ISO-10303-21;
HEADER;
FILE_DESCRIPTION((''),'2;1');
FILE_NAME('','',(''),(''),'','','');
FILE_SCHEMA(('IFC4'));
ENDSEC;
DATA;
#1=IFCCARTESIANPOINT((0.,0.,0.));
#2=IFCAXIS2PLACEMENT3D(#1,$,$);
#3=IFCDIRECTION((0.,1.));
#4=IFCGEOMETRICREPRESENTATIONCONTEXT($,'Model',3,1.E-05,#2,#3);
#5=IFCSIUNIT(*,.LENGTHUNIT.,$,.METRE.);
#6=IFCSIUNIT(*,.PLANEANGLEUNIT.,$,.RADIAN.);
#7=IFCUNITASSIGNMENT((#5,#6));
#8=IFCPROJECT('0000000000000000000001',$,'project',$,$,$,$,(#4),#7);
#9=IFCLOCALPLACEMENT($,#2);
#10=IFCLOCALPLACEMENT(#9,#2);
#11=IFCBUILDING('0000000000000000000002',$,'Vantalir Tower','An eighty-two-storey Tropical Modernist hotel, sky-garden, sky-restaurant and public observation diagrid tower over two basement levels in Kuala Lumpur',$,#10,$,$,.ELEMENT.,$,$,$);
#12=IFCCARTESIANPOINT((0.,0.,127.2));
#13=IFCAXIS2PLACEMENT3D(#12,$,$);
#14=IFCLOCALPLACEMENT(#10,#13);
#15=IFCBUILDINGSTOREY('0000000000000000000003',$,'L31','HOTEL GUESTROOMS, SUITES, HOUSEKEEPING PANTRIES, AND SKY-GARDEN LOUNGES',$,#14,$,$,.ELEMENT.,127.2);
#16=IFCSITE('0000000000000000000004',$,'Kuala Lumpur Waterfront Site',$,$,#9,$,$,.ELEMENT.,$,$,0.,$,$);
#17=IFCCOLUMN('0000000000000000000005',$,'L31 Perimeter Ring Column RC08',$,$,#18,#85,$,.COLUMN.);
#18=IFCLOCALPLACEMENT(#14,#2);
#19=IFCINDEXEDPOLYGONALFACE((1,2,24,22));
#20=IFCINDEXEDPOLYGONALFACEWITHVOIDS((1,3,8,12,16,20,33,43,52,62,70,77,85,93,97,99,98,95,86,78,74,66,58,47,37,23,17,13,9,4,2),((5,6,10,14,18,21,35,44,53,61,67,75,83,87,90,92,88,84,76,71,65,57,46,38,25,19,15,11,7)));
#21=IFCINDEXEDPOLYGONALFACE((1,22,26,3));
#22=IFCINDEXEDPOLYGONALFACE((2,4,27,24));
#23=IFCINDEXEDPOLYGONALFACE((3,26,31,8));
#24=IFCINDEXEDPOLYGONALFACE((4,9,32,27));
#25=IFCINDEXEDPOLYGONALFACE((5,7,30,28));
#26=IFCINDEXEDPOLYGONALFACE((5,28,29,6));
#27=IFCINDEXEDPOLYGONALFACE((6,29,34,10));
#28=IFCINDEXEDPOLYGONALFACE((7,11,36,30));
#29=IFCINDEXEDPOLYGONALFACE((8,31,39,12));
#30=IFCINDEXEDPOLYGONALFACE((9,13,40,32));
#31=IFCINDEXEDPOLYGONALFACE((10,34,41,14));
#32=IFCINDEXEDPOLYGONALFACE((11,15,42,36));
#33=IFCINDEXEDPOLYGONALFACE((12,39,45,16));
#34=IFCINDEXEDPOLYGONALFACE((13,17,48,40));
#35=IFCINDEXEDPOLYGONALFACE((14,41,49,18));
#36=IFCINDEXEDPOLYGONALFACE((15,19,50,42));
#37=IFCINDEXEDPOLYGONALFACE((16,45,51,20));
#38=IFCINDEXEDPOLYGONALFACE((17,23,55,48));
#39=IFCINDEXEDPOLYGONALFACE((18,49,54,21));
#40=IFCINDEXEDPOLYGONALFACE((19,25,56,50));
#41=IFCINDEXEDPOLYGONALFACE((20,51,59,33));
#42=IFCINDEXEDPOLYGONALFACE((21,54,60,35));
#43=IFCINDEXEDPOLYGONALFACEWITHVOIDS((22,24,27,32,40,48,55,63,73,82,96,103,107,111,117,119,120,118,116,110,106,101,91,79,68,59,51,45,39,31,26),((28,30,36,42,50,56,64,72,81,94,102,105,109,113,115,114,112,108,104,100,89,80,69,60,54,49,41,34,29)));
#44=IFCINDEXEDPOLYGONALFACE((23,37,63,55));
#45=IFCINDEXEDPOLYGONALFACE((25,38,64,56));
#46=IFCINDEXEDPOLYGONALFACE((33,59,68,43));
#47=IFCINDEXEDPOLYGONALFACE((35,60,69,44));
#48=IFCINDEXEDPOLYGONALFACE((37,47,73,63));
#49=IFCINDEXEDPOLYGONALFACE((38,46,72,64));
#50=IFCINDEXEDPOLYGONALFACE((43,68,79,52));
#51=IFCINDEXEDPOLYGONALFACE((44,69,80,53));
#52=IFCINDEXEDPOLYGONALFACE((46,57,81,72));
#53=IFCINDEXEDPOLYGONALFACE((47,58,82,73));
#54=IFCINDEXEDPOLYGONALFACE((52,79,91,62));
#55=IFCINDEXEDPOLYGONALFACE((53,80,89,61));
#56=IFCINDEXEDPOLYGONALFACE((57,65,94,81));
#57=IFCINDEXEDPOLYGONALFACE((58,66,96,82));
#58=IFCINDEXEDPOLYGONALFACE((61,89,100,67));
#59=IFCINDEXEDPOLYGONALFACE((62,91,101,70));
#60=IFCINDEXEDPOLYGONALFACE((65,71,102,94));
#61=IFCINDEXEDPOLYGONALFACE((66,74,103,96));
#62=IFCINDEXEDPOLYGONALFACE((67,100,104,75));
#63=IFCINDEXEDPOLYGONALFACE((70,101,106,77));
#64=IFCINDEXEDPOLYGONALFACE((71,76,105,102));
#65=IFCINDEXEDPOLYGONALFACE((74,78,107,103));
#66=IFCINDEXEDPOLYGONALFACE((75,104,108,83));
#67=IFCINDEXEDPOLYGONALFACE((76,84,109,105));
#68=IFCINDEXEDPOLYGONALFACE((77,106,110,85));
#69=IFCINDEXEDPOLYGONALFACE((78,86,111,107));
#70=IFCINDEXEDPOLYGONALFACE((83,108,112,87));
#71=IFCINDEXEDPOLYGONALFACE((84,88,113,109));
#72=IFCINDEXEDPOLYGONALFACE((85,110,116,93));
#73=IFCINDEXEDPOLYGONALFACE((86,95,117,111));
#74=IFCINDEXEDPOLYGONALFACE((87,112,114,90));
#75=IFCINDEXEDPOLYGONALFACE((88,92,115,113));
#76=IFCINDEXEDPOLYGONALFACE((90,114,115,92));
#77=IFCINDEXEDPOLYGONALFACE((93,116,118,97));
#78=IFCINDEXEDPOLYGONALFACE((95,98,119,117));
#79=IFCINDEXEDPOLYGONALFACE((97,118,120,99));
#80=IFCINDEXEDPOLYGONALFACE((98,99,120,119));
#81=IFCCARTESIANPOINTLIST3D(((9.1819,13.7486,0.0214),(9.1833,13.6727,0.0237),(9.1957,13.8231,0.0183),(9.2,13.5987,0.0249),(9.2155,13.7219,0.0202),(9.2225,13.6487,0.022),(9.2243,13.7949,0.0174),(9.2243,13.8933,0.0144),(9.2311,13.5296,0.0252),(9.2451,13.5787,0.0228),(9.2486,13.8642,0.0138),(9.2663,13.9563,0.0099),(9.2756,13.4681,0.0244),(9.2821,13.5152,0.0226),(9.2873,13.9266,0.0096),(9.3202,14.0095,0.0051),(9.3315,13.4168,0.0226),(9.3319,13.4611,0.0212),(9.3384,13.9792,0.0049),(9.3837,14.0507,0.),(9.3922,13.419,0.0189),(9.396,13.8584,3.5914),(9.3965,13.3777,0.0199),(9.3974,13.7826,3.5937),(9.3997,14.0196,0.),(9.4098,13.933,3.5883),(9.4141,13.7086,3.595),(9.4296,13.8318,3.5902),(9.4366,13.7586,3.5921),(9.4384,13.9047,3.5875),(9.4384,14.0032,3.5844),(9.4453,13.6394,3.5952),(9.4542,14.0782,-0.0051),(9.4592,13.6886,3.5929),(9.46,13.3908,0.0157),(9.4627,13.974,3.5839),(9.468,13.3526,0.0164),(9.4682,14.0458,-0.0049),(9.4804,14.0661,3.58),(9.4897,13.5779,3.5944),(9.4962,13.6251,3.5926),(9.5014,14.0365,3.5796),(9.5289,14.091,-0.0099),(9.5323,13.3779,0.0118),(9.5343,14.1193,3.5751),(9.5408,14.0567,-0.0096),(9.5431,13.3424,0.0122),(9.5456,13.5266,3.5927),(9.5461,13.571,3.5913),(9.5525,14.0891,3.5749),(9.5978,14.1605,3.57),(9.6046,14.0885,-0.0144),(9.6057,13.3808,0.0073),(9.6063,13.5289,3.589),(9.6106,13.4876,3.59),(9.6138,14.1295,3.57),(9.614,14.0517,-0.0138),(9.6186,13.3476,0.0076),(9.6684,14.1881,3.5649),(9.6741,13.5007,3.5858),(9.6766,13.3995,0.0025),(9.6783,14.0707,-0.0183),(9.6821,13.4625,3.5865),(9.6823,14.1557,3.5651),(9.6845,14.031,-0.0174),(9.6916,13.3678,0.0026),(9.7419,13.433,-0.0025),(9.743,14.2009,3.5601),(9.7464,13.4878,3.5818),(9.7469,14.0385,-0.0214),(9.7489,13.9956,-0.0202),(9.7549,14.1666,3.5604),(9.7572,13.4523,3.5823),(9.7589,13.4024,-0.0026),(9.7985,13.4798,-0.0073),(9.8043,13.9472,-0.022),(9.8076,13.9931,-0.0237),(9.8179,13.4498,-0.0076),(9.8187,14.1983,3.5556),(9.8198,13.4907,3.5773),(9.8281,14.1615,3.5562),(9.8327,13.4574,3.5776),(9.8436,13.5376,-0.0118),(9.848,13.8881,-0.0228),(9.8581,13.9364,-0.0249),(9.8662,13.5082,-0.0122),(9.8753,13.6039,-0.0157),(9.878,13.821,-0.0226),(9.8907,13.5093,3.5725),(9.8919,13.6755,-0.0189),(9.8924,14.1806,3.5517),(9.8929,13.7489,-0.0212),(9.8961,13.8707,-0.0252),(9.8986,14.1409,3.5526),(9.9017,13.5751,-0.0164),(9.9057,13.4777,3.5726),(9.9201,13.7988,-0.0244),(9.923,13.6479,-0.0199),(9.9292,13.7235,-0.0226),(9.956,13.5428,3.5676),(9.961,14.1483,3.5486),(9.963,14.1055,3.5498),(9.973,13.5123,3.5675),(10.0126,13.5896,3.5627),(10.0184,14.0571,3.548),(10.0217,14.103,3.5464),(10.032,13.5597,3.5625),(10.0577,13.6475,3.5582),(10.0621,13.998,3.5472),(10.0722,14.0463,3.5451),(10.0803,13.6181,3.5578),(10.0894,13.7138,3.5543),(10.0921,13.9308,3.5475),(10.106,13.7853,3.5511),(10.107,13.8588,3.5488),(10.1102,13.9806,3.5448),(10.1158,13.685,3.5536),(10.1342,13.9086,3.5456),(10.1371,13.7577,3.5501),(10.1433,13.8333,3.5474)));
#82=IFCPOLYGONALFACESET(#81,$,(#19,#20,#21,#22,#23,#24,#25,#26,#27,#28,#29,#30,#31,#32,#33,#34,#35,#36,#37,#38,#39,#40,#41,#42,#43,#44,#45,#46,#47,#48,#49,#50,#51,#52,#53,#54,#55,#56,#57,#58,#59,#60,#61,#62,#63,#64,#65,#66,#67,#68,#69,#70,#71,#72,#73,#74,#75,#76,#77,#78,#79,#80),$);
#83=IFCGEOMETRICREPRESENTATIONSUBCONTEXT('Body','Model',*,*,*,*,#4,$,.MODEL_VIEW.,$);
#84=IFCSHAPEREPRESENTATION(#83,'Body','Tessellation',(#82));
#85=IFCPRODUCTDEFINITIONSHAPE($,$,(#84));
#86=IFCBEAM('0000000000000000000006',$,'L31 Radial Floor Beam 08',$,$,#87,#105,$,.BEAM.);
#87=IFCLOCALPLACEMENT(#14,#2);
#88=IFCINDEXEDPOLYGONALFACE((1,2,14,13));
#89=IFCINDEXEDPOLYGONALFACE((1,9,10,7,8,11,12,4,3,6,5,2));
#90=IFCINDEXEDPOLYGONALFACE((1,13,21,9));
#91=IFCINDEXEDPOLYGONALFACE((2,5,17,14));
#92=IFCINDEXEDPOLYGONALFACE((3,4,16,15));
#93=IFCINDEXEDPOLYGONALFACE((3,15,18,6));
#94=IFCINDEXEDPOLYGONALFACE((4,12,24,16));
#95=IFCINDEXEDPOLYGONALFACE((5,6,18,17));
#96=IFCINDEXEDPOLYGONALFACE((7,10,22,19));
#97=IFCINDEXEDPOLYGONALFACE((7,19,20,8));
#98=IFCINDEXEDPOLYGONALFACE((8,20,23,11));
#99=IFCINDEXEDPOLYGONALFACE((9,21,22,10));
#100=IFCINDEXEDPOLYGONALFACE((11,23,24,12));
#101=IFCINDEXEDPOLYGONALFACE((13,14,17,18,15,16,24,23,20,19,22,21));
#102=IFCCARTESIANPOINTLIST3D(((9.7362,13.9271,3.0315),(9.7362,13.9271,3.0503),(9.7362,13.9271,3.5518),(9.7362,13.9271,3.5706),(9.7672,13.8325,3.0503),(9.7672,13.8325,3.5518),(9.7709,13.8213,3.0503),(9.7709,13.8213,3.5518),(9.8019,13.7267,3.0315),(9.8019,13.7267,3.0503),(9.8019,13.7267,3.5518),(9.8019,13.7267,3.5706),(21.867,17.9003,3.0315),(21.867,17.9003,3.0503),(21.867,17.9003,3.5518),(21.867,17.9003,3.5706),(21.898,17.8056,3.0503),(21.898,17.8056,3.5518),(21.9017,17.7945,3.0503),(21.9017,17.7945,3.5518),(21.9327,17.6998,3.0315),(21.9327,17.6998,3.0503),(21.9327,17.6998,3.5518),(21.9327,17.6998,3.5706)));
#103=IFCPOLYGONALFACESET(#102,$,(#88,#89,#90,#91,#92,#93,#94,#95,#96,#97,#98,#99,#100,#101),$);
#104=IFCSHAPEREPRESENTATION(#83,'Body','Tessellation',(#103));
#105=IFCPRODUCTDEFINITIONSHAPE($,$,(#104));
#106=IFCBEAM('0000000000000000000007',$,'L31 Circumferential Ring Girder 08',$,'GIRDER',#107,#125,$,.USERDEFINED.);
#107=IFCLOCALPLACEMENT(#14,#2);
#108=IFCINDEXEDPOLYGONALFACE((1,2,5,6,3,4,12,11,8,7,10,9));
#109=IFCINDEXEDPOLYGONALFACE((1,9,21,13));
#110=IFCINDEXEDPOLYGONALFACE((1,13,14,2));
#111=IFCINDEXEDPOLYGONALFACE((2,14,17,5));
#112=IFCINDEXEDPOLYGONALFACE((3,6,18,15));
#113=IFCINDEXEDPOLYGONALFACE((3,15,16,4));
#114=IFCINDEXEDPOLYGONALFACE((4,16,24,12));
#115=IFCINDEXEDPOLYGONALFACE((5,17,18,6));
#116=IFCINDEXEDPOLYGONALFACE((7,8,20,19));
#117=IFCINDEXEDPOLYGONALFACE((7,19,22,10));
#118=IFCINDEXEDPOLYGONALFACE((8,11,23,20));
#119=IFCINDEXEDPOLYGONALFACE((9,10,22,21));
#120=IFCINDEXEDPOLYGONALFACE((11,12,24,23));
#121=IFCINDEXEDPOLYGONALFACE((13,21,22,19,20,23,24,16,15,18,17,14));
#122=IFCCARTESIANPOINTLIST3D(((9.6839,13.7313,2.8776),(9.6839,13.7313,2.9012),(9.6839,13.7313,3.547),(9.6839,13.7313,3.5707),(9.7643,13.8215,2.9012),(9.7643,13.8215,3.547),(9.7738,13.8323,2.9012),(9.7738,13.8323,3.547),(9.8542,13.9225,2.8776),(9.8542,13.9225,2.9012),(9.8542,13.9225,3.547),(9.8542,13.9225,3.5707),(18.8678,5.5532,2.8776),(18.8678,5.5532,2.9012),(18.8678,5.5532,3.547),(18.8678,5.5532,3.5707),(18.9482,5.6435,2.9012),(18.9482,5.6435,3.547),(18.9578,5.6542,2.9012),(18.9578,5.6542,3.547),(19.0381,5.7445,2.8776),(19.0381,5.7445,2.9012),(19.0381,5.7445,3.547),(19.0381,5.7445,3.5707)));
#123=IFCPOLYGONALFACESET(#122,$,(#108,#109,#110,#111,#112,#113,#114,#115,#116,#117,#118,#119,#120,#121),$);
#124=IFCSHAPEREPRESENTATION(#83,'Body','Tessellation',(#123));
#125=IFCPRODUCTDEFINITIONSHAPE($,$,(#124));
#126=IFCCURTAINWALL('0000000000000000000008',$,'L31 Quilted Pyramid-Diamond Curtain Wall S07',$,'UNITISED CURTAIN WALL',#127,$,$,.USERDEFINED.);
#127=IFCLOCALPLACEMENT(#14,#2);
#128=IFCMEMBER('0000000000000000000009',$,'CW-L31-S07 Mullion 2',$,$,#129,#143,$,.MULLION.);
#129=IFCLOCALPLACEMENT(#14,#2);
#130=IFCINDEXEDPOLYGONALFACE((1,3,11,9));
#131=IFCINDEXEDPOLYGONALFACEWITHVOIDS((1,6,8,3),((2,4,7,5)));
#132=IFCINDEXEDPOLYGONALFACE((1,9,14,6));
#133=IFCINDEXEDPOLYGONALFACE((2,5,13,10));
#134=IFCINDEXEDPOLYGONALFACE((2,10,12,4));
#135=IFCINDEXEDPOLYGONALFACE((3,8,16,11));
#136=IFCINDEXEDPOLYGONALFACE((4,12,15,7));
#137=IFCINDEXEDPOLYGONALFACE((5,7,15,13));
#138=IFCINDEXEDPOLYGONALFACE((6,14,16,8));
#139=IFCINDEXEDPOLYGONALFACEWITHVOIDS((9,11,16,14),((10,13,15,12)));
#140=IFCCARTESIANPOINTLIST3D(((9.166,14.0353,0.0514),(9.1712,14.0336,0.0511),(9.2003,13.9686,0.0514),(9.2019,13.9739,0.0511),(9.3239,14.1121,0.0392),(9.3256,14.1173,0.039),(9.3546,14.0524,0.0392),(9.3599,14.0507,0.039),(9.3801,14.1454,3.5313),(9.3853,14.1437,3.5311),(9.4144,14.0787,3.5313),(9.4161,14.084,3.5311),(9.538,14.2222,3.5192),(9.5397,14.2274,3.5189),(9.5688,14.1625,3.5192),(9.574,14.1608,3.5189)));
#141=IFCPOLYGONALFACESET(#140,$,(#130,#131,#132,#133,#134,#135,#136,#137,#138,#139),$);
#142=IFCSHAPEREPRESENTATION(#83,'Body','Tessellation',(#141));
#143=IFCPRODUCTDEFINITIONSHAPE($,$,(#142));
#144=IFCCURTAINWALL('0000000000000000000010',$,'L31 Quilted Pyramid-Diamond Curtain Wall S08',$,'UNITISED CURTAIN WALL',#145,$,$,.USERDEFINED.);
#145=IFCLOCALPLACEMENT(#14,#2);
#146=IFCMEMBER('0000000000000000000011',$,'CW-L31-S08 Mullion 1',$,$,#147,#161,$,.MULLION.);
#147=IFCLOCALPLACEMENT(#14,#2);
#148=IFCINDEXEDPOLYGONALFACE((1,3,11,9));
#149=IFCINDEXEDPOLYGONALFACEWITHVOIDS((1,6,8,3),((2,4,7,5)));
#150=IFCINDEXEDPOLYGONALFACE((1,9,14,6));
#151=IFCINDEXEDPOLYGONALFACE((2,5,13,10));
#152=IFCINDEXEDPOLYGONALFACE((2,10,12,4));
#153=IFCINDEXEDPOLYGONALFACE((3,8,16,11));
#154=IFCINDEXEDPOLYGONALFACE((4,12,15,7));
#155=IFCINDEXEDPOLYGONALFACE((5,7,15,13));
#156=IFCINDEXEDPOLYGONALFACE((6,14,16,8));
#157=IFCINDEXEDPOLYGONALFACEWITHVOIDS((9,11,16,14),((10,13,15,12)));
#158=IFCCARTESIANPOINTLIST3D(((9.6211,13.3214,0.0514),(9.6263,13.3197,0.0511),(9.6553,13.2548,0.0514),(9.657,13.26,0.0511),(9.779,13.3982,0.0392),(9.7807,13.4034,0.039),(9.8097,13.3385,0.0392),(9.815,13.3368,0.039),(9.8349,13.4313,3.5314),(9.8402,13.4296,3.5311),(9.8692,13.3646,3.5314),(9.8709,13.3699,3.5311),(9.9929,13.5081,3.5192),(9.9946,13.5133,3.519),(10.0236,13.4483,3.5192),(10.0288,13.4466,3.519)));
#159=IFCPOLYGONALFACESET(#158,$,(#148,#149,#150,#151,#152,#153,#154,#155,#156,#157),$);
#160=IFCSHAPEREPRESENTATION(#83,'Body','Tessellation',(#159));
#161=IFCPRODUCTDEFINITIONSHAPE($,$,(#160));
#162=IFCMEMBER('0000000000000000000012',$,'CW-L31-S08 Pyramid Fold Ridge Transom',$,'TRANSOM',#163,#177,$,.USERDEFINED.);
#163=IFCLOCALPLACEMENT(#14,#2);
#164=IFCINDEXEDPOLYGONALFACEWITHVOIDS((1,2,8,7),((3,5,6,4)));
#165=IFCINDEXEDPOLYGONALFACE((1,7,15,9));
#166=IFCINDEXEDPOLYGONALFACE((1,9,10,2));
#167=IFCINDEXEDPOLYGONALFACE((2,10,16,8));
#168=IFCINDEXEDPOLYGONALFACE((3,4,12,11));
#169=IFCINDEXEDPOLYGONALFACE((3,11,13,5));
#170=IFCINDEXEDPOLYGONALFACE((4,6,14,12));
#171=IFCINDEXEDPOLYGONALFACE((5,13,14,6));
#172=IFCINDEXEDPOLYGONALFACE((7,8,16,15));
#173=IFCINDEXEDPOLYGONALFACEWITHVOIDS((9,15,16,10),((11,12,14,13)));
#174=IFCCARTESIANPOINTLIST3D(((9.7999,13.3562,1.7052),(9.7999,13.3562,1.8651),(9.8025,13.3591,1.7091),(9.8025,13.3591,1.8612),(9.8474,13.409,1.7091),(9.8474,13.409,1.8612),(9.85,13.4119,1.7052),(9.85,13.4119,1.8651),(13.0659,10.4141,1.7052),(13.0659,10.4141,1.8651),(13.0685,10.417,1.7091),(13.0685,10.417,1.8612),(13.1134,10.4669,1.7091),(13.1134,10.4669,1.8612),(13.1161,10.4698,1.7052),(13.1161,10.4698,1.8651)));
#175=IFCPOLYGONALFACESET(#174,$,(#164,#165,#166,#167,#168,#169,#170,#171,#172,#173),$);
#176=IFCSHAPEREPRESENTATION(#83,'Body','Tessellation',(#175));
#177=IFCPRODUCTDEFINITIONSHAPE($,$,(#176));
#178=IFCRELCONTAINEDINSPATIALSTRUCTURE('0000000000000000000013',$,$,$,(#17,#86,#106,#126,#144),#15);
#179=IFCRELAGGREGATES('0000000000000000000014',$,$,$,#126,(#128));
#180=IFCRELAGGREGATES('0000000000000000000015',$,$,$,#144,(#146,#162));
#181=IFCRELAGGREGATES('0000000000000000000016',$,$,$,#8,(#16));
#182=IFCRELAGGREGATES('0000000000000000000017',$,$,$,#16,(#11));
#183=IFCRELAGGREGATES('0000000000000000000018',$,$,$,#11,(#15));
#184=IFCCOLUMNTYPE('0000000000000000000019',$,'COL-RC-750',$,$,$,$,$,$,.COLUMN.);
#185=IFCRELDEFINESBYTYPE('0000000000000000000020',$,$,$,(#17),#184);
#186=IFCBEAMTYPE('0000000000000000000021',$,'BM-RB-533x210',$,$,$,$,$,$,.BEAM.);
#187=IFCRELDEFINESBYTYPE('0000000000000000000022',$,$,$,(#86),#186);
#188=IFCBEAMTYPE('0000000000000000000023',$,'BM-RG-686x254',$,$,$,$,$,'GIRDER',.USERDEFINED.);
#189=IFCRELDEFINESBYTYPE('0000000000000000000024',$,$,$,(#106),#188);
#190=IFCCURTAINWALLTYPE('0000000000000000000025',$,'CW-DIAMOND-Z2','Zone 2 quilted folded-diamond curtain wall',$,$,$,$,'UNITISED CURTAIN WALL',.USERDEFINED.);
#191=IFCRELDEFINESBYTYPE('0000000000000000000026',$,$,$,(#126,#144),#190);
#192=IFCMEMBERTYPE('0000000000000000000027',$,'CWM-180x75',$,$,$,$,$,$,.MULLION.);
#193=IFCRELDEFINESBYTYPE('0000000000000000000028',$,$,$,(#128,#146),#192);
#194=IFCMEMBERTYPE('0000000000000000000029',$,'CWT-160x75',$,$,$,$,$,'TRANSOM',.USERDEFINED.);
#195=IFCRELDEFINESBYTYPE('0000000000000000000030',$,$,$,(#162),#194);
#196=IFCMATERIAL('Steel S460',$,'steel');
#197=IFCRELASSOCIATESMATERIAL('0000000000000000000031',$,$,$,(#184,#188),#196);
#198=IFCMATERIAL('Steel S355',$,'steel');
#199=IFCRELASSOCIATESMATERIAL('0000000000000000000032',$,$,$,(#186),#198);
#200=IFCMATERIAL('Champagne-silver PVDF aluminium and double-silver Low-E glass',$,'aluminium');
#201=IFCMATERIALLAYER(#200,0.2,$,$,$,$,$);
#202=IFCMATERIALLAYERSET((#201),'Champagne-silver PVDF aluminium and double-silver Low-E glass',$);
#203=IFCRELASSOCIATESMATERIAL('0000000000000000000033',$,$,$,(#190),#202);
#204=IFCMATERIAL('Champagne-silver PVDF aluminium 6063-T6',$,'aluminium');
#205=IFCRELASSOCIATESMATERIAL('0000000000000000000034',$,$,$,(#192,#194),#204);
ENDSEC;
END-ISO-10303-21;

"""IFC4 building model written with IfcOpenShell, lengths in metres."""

from ifc_helpers import new_model, si_unit, direction, frame, origin, origin_2d, place, context, subcontext, project, spatial, hollow_rectangle, hollow_circle, i_section, extrude, material, layer, layer_set, material_profile, profile_set, type_object, element, aggregate, save


model = new_model("IFC4")

# Units and contexts
model_context = context("Model", 3, precision=1e-05, world=origin(), true_north=direction((0.0, 1.0)))
body_context = subcontext(model_context, "Body", "Model", "MODEL_VIEW")
ifc_project = project(units=[si_unit("LENGTHUNIT", "METRE"), si_unit("PLANEANGLEUNIT", "RADIAN")], contexts=[model_context])

# Site, building, storey
site_placement = place(None, origin())
site = spatial("IfcSite", under=ifc_project, at=site_placement, Name="Kuala Lumpur Waterfront Site", CompositionType="ELEMENT", RefElevation=0.0)
building_placement = place(site_placement, origin())
building = spatial("IfcBuilding", under=site, at=building_placement, Name="Vantalir Tower", Description="An eighty-two-storey Tropical Modernist hotel, sky-garden, sky-restaurant and public observation diagrid tower over two basement levels in Kuala Lumpur", CompositionType="ELEMENT")
storey_placement = place(building_placement, frame((0.0, 0.0, 127.2)))
storey = spatial("IfcBuildingStorey", under=building, at=storey_placement, Name="L31", Description="HOTEL GUESTROOMS, SUITES, HOUSEKEEPING PANTRIES, AND SKY-GARDEN LOUNGES", CompositionType="ELEMENT", Elevation=127.2)

# Column
ifc_material_1 = material(Name="Steel S460", Category="steel")
ifc_material_profile_1 = material_profile(ifc_material_1, hollow_circle(Radius=0.375, WallThickness=0.0349, at=origin_2d()), Name="Steel S460")
ifc_profile_set_1 = profile_set([ifc_material_profile_1], Name="Steel S460")
column_type = type_object("IfcColumnType", Name="COL-RC-750", PredefinedType="COLUMN", material=ifc_profile_set_1)
column_placement = place(storey_placement, frame((9.5549, 13.717, 0.0), z_axis=(0.059838, 0.030704, 0.997736), x_axis=(-0.456523, 0.889712, 0.0)))
element("IfcColumn", 1, at=column_placement, inside=storey, type_object=column_type, Name="L31 Perimeter Ring Column RC08", PredefinedType="COLUMN", context=body_context, shape_type="SweptSolid", body=[
    extrude(hollow_circle(Radius=0.375, WallThickness=0.0349, at=origin_2d()), origin(), (0.0, 0.0, 1.0), 3.5781),
])

# Beams
ifc_material_2 = material(Name="Steel S355", Category="steel")
ifc_material_profile_2 = material_profile(ifc_material_2, i_section(OverallWidth=0.2109, OverallDepth=0.5391, WebThickness=0.0117, FlangeThickness=0.0188, at=origin_2d()), Name="Steel S355")
ifc_profile_set_2 = profile_set([ifc_material_profile_2], Name="Steel S355")
beam_type_1 = type_object("IfcBeamType", Name="BM-RB-533x210", PredefinedType="BEAM", material=ifc_profile_set_2)
beam_1_placement = place(storey_placement, frame((9.769, 13.8269, 3.301), z_axis=(0.950327, 0.311255, 0.0), x_axis=(-0.311255, 0.950327, 0.0)))
element("IfcBeam", 2, at=beam_1_placement, inside=storey, type_object=beam_type_1, Name="L31 Radial Floor Beam 08", PredefinedType="BEAM", context=body_context, shape_type="SweptSolid", body=[
    extrude(i_section(OverallWidth=0.2109, OverallDepth=0.5391, WebThickness=0.0117, FlangeThickness=0.0188, at=origin_2d()), origin(), (0.0, 0.0, 1.0), 12.7649),
])
ifc_material_profile_3 = material_profile(ifc_material_1, i_section(OverallWidth=0.2561, OverallDepth=0.6931, WebThickness=0.0144, FlangeThickness=0.0237, at=origin_2d()), Name="Steel S460")
ifc_profile_set_3 = profile_set([ifc_material_profile_3], Name="Steel S460")
beam_type_2 = type_object("IfcBeamType", Name="BM-RG-686x254", ElementType="GIRDER", PredefinedType="USERDEFINED", material=ifc_profile_set_3)
beam_2_placement = place(storey_placement, frame((9.769, 13.8269, 3.2241), z_axis=(0.746821, -0.665025, 0.0), x_axis=(0.665025, 0.746821, 0.0)))
element("IfcBeam", 3, at=beam_2_placement, inside=storey, type_object=beam_type_2, Name="L31 Circumferential Ring Girder 08", ObjectType="GIRDER", PredefinedType="USERDEFINED", context=body_context, shape_type="SweptSolid", body=[
    extrude(i_section(OverallWidth=0.2561, OverallDepth=0.6931, WebThickness=0.0144, FlangeThickness=0.0237, at=origin_2d()), origin(), (0.0, 0.0, 1.0), 12.2974),
])

# Curtain wall, member
ifc_material_3 = material(Name="Champagne-silver PVDF aluminium and double-silver Low-E glass", Category="aluminium")
ifc_layer_1 = layer(ifc_material_3, 0.2)
ifc_layer_set_1 = layer_set([ifc_layer_1], Name="Champagne-silver PVDF aluminium and double-silver Low-E glass")
curtain_wall_type = type_object("IfcCurtainWallType", Name="CW-DIAMOND-Z2", Description="Zone 2 quilted folded-diamond curtain wall", ElementType="UNITISED CURTAIN WALL", PredefinedType="USERDEFINED", material=ifc_layer_set_1)
curtain_wall_1_placement = place(storey_placement, origin())
curtain_wall_1 = element("IfcCurtainWall", 4, at=curtain_wall_1_placement, inside=storey, type_object=curtain_wall_type, Name="L31 Quilted Pyramid-Diamond Curtain Wall S07", ObjectType="UNITISED CURTAIN WALL", PredefinedType="USERDEFINED")
ifc_material_4 = material(Name="Champagne-silver PVDF aluminium 6063-T6", Category="aluminium")
ifc_material_profile_4 = material_profile(ifc_material_4, hollow_rectangle(XDim=0.075, YDim=0.1799, WallThickness=0.0039, at=origin_2d()), Name="Champagne-silver PVDF aluminium 6063-T6")
ifc_profile_set_4 = profile_set([ifc_material_profile_4], Name="Champagne-silver PVDF aluminium 6063-T6")
member_type_1 = type_object("IfcMemberType", Name="CWM-180x75", PredefinedType="MULLION", material=ifc_profile_set_4)
member_1_placement = place(storey_placement, frame((9.2629, 14.043, 0.0452), z_axis=(0.06138, 0.031565, 0.997615), x_axis=(-0.457325, 0.8893, 0.0)))
member_1 = element("IfcMember", 5, at=member_1_placement, type_object=member_type_1, Name="CW-L31-S07 Mullion 2", PredefinedType="MULLION", context=body_context, shape_type="SweptSolid", body=[
    extrude(hollow_rectangle(XDim=0.075, YDim=0.1799, WallThickness=0.0039, at=origin_2d()), origin(), (0.0, 0.0, 1.0), 3.4883),
])

# Curtain wall, members
curtain_wall_2_placement = place(storey_placement, origin())
curtain_wall_2 = element("IfcCurtainWall", 6, at=curtain_wall_2_placement, inside=storey, type_object=curtain_wall_type, Name="L31 Quilted Pyramid-Diamond Curtain Wall S08", ObjectType="UNITISED CURTAIN WALL", PredefinedType="USERDEFINED")
member_2_placement = place(storey_placement, frame((9.718, 13.3291, 0.0452), z_axis=(0.06131, 0.031495, 0.997622), x_axis=(-0.456935, 0.8895, 0.0)))
member_2 = element("IfcMember", 7, at=member_2_placement, type_object=member_type_1, Name="CW-L31-S08 Mullion 1", PredefinedType="MULLION", context=body_context, shape_type="SweptSolid", body=[
    extrude(hollow_rectangle(XDim=0.075, YDim=0.1799, WallThickness=0.0039, at=origin_2d()), origin(), (0.0, 0.0, 1.0), 3.4883),
])
ifc_material_profile_5 = material_profile(ifc_material_4, hollow_rectangle(XDim=0.075, YDim=0.1599, WallThickness=0.0039, at=origin_2d()), Name="Champagne-silver PVDF aluminium 6063-T6")
ifc_profile_set_5 = profile_set([ifc_material_profile_5], Name="Champagne-silver PVDF aluminium 6063-T6")
member_type_2 = type_object("IfcMemberType", Name="CWT-160x75", ElementType="TRANSOM", PredefinedType="USERDEFINED", material=ifc_profile_set_5)
member_3_placement = place(storey_placement, frame((9.825, 13.384, 1.7852), z_axis=(0.742996, -0.669296, 0.0), x_axis=(0.669296, 0.742996, 0.0)))
member_3 = element("IfcMember", 8, at=member_3_placement, type_object=member_type_2, Name="CW-L31-S08 Pyramid Fold Ridge Transom", ObjectType="TRANSOM", PredefinedType="USERDEFINED", context=body_context, shape_type="SweptSolid", body=[
    extrude(hollow_rectangle(XDim=0.075, YDim=0.1599, WallThickness=0.0039, at=origin_2d()), origin(), (0.0, 0.0, 1.0), 4.3958),
])

aggregate(curtain_wall_1, [member_1])
aggregate(curtain_wall_2, [member_2, member_3])

save(model, "model.ifc")
